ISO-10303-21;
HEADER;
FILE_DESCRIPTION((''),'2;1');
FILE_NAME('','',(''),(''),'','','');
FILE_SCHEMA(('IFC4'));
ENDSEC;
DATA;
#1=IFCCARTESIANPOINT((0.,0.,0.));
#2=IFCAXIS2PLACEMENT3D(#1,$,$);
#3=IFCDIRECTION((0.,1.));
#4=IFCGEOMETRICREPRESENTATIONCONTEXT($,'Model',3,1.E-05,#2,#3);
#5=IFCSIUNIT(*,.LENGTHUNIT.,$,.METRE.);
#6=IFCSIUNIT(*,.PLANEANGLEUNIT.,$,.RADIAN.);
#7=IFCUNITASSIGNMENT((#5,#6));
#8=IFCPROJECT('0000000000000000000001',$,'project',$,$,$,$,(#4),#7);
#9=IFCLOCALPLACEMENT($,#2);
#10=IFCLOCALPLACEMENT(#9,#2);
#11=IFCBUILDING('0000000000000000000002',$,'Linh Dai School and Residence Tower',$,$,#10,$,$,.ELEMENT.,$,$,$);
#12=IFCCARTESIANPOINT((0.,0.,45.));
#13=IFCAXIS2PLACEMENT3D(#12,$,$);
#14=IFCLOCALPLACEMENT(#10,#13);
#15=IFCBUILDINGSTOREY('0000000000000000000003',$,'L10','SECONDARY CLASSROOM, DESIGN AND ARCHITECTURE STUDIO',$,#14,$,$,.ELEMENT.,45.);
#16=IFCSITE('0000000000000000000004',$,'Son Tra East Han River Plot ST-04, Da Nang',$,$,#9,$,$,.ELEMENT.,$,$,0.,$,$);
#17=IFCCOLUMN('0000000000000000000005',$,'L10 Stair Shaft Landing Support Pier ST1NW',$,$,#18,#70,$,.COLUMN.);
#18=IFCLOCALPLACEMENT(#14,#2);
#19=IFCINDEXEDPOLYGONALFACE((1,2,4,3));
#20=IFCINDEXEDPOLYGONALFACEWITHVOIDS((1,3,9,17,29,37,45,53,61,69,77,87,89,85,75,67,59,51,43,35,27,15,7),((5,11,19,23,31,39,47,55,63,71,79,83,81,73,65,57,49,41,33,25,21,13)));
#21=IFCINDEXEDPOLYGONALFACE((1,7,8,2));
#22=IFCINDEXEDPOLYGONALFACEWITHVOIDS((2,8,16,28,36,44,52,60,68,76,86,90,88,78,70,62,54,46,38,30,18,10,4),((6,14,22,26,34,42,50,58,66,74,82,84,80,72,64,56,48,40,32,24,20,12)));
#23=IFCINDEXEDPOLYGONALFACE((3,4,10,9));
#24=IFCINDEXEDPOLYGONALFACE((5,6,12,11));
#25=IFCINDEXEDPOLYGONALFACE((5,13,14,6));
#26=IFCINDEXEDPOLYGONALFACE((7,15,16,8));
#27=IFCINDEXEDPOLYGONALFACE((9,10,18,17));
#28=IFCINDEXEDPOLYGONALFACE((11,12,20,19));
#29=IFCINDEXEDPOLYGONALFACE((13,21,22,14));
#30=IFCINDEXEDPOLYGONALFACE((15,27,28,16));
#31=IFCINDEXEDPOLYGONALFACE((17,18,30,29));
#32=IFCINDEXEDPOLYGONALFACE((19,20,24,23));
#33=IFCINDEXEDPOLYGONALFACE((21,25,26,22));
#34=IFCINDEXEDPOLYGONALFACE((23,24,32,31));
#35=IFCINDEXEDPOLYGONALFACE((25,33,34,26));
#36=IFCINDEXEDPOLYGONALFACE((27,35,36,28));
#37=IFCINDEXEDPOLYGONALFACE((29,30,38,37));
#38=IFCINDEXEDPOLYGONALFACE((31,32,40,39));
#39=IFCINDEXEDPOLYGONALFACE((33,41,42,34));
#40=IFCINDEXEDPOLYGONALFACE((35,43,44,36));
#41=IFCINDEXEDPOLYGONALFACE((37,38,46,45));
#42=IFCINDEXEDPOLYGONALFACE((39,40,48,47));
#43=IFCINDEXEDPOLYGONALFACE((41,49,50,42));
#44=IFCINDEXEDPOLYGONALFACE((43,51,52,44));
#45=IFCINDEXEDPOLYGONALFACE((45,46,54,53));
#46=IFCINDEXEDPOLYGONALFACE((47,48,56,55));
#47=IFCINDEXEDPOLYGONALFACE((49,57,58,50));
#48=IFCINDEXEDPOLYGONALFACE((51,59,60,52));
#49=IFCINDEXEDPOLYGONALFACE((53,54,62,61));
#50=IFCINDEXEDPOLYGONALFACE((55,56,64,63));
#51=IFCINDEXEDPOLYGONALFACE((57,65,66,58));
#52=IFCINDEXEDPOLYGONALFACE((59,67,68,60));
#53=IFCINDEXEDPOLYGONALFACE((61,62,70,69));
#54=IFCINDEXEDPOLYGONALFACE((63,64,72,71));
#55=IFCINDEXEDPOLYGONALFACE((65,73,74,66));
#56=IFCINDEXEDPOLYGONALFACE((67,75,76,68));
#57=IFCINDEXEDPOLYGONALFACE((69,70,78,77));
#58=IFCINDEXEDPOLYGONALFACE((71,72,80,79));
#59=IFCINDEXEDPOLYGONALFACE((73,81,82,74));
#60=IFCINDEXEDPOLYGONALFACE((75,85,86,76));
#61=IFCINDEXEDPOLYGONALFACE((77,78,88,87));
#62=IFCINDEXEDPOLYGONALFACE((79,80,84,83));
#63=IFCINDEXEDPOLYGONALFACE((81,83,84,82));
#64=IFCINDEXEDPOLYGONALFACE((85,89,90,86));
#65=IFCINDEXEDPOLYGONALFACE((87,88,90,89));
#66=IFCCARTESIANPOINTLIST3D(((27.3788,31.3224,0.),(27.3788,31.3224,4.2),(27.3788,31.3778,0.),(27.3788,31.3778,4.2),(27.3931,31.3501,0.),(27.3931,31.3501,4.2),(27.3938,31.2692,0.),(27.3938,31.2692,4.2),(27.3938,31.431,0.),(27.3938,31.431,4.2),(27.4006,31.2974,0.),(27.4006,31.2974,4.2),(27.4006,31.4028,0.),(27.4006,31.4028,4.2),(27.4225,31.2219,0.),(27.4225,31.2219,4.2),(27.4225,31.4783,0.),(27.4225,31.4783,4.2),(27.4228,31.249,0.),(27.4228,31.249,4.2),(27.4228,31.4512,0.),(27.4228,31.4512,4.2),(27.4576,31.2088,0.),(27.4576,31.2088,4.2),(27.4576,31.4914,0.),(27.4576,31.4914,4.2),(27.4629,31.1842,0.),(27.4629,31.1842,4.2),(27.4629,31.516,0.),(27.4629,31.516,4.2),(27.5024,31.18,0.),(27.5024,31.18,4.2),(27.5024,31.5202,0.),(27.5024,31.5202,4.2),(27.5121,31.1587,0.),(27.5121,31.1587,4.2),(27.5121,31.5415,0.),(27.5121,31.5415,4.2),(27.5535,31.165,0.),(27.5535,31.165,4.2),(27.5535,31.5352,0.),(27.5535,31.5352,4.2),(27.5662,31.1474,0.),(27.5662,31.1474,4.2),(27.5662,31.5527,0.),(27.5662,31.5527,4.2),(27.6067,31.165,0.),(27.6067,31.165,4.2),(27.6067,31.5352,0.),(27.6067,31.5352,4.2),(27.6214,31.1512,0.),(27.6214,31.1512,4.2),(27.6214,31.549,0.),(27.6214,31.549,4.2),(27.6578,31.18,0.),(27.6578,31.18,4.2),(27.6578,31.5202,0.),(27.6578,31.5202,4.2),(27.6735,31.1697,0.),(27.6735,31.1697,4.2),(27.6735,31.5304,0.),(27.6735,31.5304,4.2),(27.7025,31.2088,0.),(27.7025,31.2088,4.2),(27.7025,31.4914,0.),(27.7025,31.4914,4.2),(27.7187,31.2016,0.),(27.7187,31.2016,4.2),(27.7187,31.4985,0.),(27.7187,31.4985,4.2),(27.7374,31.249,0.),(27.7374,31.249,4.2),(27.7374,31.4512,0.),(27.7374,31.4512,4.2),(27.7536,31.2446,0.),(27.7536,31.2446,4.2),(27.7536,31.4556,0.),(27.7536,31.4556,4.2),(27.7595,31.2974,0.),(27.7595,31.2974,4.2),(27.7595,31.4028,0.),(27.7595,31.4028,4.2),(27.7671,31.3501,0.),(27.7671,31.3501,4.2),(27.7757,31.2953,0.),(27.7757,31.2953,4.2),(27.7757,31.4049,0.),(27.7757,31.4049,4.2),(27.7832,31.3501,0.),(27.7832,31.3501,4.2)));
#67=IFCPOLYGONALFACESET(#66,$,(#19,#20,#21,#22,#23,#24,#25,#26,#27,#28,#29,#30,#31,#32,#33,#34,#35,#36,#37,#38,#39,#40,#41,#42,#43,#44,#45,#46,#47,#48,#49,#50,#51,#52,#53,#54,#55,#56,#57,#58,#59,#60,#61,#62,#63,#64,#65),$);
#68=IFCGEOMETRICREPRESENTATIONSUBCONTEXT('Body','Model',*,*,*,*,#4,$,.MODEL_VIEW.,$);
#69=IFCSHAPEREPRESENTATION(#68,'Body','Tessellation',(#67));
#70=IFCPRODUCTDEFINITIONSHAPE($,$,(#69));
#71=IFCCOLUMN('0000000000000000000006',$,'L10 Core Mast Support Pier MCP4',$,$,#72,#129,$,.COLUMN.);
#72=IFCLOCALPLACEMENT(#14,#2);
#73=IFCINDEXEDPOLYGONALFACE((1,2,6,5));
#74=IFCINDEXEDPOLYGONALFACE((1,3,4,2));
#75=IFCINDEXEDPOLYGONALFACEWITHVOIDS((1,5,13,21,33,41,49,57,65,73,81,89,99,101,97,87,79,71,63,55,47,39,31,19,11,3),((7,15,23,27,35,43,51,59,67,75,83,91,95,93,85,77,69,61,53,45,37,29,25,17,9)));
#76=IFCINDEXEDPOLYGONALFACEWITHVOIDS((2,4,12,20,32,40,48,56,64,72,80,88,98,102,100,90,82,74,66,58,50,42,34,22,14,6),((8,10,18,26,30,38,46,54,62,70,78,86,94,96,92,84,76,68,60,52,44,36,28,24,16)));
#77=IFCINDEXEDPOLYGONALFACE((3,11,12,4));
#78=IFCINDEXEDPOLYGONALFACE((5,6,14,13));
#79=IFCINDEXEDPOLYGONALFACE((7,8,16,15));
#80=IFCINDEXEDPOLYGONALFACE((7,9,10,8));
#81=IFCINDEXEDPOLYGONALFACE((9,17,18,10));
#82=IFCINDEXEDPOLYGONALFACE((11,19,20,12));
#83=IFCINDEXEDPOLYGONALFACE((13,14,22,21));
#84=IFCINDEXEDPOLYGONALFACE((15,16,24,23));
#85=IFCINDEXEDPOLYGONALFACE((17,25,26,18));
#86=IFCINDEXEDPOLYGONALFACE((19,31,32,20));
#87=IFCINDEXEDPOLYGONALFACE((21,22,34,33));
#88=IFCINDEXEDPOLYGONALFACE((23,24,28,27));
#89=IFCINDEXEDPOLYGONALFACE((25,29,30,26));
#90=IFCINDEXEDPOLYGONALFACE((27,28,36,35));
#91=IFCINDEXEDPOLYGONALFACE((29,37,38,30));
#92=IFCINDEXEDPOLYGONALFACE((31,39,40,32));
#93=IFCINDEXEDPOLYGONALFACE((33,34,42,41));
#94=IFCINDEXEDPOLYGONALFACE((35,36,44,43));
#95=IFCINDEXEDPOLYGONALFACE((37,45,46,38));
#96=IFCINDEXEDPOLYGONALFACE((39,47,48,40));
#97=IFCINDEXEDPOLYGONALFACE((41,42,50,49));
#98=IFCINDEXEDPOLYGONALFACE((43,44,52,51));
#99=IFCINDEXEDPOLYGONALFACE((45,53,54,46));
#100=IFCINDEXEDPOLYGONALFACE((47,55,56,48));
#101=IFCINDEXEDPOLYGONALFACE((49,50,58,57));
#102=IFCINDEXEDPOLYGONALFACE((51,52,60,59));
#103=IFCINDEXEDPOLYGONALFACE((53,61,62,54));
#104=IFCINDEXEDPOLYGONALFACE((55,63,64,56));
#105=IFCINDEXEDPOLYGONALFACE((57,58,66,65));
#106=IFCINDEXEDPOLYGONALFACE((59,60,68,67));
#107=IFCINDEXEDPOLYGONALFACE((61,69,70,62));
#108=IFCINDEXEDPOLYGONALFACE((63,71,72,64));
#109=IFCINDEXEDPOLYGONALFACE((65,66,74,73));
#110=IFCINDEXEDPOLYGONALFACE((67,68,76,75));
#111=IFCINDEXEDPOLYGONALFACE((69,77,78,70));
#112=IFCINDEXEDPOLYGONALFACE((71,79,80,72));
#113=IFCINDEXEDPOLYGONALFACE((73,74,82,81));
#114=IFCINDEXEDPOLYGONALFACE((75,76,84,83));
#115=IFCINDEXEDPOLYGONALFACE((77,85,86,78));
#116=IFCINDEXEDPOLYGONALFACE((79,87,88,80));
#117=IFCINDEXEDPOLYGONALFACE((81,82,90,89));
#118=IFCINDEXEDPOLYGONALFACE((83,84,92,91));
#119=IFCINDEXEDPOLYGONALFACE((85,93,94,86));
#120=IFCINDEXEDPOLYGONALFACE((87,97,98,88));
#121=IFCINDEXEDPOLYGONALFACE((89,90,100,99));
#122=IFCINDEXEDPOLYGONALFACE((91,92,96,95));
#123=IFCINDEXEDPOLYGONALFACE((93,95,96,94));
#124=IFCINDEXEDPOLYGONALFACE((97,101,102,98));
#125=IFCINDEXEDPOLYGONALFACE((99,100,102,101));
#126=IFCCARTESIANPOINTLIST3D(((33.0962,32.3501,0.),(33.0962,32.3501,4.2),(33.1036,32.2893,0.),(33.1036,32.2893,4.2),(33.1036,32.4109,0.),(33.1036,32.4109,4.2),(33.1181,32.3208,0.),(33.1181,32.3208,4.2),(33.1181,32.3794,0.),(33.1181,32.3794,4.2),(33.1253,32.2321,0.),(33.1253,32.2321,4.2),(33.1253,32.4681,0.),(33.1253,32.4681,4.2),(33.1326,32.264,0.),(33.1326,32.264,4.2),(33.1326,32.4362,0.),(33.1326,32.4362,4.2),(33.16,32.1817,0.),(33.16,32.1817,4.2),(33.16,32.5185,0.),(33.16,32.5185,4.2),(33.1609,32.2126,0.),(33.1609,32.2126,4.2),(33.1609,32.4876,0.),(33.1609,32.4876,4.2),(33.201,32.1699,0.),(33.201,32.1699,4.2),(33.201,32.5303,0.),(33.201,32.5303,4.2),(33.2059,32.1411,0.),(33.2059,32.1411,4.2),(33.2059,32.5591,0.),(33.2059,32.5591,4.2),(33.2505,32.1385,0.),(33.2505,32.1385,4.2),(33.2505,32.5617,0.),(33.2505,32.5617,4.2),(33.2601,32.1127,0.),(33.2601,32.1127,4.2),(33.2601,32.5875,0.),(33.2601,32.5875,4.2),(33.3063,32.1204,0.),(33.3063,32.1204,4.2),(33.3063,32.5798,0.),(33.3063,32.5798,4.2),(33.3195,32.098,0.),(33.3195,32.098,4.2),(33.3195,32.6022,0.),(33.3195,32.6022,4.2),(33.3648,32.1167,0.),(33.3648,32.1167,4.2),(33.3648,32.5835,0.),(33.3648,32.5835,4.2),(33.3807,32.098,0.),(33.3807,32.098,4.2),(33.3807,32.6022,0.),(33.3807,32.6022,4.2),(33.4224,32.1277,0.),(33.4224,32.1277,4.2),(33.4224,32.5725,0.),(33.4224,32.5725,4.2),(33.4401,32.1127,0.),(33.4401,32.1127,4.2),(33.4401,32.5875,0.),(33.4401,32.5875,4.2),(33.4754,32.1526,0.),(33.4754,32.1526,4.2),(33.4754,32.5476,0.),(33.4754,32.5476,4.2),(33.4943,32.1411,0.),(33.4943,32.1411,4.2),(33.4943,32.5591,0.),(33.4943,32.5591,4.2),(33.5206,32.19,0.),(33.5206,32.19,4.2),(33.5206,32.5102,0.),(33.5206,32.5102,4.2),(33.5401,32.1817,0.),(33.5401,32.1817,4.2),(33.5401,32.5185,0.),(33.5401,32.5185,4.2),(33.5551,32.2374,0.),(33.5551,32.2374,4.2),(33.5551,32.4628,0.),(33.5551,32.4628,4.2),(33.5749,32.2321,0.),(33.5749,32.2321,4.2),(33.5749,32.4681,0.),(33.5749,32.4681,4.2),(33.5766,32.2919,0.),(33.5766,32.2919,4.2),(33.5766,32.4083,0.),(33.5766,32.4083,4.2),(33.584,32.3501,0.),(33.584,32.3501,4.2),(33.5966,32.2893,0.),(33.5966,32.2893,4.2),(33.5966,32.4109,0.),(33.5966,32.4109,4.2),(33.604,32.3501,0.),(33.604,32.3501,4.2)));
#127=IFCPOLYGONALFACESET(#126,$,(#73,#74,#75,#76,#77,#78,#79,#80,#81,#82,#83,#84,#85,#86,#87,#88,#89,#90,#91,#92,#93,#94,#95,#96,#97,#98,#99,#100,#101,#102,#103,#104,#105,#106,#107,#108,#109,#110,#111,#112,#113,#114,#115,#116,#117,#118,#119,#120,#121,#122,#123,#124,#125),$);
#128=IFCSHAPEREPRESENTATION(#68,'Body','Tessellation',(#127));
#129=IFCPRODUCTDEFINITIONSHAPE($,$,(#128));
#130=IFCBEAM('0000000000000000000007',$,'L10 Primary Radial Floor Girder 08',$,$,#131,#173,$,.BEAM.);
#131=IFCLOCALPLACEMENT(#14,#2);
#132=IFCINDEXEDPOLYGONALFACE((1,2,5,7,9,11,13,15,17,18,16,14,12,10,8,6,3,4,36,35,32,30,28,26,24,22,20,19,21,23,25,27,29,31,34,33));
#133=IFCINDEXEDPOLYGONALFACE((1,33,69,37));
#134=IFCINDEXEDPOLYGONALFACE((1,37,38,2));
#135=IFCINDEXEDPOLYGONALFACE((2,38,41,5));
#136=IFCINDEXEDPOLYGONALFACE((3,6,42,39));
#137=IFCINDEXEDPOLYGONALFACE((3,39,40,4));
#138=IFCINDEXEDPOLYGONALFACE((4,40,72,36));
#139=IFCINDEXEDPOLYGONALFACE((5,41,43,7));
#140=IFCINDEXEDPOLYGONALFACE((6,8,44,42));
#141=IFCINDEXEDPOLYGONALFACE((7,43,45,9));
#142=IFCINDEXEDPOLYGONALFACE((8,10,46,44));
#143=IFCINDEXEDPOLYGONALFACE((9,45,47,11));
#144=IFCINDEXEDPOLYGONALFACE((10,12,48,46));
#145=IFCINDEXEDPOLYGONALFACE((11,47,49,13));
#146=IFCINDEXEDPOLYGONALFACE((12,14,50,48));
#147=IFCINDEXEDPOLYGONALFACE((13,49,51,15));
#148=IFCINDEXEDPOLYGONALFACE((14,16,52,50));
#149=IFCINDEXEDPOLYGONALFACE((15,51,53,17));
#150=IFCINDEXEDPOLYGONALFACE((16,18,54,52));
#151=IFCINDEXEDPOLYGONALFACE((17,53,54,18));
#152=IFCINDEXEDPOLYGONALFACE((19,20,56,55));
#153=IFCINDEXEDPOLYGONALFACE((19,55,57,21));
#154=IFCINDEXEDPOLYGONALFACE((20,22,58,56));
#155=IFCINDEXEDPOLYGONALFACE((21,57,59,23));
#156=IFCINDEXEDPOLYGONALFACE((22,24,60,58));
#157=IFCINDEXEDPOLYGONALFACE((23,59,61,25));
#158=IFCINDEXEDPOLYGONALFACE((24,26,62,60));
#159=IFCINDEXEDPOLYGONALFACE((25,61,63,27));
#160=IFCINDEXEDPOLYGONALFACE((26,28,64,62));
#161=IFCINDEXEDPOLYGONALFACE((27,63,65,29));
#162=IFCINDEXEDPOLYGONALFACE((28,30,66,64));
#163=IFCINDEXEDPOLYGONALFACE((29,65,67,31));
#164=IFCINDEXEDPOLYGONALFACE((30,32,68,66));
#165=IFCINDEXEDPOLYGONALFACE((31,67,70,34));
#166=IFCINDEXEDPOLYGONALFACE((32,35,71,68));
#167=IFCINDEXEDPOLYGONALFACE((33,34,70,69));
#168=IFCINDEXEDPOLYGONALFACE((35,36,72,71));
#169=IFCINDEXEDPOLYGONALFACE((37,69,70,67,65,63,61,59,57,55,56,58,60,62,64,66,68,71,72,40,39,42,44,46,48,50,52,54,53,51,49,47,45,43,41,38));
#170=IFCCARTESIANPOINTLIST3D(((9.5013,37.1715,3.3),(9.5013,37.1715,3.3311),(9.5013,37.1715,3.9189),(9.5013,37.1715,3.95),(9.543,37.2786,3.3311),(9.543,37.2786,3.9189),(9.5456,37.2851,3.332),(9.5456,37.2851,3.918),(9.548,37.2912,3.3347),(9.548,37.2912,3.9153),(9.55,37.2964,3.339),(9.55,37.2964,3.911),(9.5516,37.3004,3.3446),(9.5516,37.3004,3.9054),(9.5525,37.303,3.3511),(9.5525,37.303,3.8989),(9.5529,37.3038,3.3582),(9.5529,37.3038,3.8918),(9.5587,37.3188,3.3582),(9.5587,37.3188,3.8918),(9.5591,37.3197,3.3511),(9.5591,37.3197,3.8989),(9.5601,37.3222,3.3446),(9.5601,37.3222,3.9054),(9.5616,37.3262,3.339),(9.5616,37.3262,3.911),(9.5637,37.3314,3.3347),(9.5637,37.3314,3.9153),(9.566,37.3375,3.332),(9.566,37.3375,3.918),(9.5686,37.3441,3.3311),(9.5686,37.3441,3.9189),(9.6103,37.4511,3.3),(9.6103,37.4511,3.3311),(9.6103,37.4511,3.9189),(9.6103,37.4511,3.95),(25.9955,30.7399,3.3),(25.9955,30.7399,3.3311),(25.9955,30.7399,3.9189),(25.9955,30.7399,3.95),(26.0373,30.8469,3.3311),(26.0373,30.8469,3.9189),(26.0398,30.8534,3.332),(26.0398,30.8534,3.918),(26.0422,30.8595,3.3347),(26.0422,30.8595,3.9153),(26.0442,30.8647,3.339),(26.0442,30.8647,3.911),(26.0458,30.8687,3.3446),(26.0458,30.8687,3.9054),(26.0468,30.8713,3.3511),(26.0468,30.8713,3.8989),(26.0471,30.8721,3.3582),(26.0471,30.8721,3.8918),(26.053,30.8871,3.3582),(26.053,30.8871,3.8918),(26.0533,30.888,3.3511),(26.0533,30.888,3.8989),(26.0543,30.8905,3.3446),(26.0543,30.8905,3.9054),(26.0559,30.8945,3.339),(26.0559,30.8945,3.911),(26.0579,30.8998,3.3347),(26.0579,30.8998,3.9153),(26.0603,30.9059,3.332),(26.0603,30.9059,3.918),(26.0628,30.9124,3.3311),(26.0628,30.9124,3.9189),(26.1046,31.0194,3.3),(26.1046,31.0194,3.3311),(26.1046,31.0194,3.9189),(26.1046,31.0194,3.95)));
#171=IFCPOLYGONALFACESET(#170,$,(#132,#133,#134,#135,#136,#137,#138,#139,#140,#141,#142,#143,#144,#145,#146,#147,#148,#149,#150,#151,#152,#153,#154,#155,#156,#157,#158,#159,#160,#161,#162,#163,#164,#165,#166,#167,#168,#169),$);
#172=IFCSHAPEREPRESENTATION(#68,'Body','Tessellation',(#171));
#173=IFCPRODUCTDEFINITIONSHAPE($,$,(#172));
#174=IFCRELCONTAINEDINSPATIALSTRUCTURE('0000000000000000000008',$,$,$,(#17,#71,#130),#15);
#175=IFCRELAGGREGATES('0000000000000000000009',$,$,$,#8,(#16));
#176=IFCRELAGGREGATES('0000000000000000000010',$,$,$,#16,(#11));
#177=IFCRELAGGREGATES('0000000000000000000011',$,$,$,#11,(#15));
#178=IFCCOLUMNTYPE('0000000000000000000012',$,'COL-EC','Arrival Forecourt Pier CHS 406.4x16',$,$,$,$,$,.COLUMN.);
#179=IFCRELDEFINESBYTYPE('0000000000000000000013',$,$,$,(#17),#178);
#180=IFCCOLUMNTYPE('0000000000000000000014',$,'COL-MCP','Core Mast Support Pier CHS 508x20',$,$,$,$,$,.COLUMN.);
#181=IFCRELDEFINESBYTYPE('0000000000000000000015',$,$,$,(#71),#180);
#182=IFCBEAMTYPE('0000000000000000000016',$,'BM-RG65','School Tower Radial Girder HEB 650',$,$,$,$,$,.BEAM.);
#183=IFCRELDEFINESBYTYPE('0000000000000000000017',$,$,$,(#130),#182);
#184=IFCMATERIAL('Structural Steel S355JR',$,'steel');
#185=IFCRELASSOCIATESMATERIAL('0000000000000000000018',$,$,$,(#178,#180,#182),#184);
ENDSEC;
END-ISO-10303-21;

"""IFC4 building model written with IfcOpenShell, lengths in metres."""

from ifc_helpers import new_model, si_unit, direction, frame, origin, origin_2d, place, context, subcontext, project, spatial, hollow_circle, i_section, extrude, material, material_profile, profile_set, type_object, element, save


model = new_model("IFC4")

# Units and contexts
model_context = context("Model", 3, precision=1e-05, world=origin(), true_north=direction((0.0, 1.0)))
body_context = subcontext(model_context, "Body", "Model", "MODEL_VIEW")
ifc_project = project(units=[si_unit("LENGTHUNIT", "METRE"), si_unit("PLANEANGLEUNIT", "RADIAN")], contexts=[model_context])

# Site, building, storey
site_placement = place(None, origin())
site = spatial("IfcSite", under=ifc_project, at=site_placement, Name="Son Tra East Han River Plot ST-04, Da Nang", CompositionType="ELEMENT", RefElevation=0.0)
building_placement = place(site_placement, origin())
building = spatial("IfcBuilding", under=site, at=building_placement, Name="Linh Dai School and Residence Tower", CompositionType="ELEMENT")
storey_placement = place(building_placement, frame((0.0, 0.0, 45.0)))
storey = spatial("IfcBuildingStorey", under=building, at=storey_placement, Name="L10", Description="SECONDARY CLASSROOM, DESIGN AND ARCHITECTURE STUDIO", CompositionType="ELEMENT", Elevation=45.0)

# Columns
ifc_material_1 = material(Name="Structural Steel S355JR", Category="steel")
ifc_material_profile_1 = material_profile(ifc_material_1, hollow_circle(Radius=0.2031, WallThickness=0.0161, at=origin_2d()), Name="CHS 406.4x16")
ifc_profile_set_1 = profile_set([ifc_material_profile_1], Name="Structural Steel S355JR")
column_type_1 = type_object("IfcColumnType", Name="COL-EC", Description="Arrival Forecourt Pier CHS 406.4x16", PredefinedType="COLUMN", material=ifc_profile_set_1)
column_1_placement = place(storey_placement, frame((27.5801, 31.3501, 0.0), z_axis=(0.0, 0.0, 1.0), x_axis=(1.0, 0.0, 0.0)))
element("IfcColumn", 1, at=column_1_placement, inside=storey, type_object=column_type_1, Name="L10 Stair Shaft Landing Support Pier ST1NW", PredefinedType="COLUMN", context=body_context, shape_type="SweptSolid", body=[
    extrude(hollow_circle(Radius=0.2031, WallThickness=0.0161, at=origin_2d()), origin(), (0.0, 0.0, 1.0), 4.2),
])
ifc_material_profile_2 = material_profile(ifc_material_1, hollow_circle(Radius=0.2539, WallThickness=0.02, at=origin_2d()), Name="CHS 508x20")
ifc_profile_set_2 = profile_set([ifc_material_profile_2], Name="Structural Steel S355JR")
column_type_2 = type_object("IfcColumnType", Name="COL-MCP", Description="Core Mast Support Pier CHS 508x20", PredefinedType="COLUMN", material=ifc_profile_set_2)
column_2_placement = place(storey_placement, frame((33.3501, 32.3501, 0.0), z_axis=(0.0, 0.0, 1.0), x_axis=(1.0, 0.0, 0.0)))
element("IfcColumn", 2, at=column_2_placement, inside=storey, type_object=column_type_2, Name="L10 Core Mast Support Pier MCP4", PredefinedType="COLUMN", context=body_context, shape_type="SweptSolid", body=[
    extrude(hollow_circle(Radius=0.2539, WallThickness=0.02, at=origin_2d()), origin(), (0.0, 0.0, 1.0), 4.2),
])

# Beam
ifc_material_profile_3 = material_profile(ifc_material_1, i_section(OverallWidth=0.3, OverallDepth=0.6499, WebThickness=0.0161, FlangeThickness=0.031, FilletRadius=0.0271, at=origin_2d()), Name="HEB 650")
ifc_profile_set_3 = profile_set([ifc_material_profile_3], Name="Structural Steel S355JR")
beam_type_1 = type_object("IfcBeamType", Name="BM-RG65", Description="School Tower Radial Girder HEB 650", PredefinedType="BEAM", material=ifc_profile_set_3)
beam_1_placement = place(storey_placement, frame((26.05, 30.8796, 3.625), z_axis=(-0.931675, 0.363293, 0.0), x_axis=(-0.363293, -0.931675, 0.0)))
element("IfcBeam", 3, at=beam_1_placement, inside=storey, type_object=beam_type_1, Name="L10 Primary Radial Floor Girder 08", PredefinedType="BEAM", context=body_context, shape_type="SweptSolid", body=[
    extrude(i_section(OverallWidth=0.3, OverallDepth=0.6499, WebThickness=0.0161, FlangeThickness=0.031, FilletRadius=0.0271, at=origin_2d()), origin(), (0.0, 0.0, 1.0), 17.7039),
])

save(model, "model.ifc")
